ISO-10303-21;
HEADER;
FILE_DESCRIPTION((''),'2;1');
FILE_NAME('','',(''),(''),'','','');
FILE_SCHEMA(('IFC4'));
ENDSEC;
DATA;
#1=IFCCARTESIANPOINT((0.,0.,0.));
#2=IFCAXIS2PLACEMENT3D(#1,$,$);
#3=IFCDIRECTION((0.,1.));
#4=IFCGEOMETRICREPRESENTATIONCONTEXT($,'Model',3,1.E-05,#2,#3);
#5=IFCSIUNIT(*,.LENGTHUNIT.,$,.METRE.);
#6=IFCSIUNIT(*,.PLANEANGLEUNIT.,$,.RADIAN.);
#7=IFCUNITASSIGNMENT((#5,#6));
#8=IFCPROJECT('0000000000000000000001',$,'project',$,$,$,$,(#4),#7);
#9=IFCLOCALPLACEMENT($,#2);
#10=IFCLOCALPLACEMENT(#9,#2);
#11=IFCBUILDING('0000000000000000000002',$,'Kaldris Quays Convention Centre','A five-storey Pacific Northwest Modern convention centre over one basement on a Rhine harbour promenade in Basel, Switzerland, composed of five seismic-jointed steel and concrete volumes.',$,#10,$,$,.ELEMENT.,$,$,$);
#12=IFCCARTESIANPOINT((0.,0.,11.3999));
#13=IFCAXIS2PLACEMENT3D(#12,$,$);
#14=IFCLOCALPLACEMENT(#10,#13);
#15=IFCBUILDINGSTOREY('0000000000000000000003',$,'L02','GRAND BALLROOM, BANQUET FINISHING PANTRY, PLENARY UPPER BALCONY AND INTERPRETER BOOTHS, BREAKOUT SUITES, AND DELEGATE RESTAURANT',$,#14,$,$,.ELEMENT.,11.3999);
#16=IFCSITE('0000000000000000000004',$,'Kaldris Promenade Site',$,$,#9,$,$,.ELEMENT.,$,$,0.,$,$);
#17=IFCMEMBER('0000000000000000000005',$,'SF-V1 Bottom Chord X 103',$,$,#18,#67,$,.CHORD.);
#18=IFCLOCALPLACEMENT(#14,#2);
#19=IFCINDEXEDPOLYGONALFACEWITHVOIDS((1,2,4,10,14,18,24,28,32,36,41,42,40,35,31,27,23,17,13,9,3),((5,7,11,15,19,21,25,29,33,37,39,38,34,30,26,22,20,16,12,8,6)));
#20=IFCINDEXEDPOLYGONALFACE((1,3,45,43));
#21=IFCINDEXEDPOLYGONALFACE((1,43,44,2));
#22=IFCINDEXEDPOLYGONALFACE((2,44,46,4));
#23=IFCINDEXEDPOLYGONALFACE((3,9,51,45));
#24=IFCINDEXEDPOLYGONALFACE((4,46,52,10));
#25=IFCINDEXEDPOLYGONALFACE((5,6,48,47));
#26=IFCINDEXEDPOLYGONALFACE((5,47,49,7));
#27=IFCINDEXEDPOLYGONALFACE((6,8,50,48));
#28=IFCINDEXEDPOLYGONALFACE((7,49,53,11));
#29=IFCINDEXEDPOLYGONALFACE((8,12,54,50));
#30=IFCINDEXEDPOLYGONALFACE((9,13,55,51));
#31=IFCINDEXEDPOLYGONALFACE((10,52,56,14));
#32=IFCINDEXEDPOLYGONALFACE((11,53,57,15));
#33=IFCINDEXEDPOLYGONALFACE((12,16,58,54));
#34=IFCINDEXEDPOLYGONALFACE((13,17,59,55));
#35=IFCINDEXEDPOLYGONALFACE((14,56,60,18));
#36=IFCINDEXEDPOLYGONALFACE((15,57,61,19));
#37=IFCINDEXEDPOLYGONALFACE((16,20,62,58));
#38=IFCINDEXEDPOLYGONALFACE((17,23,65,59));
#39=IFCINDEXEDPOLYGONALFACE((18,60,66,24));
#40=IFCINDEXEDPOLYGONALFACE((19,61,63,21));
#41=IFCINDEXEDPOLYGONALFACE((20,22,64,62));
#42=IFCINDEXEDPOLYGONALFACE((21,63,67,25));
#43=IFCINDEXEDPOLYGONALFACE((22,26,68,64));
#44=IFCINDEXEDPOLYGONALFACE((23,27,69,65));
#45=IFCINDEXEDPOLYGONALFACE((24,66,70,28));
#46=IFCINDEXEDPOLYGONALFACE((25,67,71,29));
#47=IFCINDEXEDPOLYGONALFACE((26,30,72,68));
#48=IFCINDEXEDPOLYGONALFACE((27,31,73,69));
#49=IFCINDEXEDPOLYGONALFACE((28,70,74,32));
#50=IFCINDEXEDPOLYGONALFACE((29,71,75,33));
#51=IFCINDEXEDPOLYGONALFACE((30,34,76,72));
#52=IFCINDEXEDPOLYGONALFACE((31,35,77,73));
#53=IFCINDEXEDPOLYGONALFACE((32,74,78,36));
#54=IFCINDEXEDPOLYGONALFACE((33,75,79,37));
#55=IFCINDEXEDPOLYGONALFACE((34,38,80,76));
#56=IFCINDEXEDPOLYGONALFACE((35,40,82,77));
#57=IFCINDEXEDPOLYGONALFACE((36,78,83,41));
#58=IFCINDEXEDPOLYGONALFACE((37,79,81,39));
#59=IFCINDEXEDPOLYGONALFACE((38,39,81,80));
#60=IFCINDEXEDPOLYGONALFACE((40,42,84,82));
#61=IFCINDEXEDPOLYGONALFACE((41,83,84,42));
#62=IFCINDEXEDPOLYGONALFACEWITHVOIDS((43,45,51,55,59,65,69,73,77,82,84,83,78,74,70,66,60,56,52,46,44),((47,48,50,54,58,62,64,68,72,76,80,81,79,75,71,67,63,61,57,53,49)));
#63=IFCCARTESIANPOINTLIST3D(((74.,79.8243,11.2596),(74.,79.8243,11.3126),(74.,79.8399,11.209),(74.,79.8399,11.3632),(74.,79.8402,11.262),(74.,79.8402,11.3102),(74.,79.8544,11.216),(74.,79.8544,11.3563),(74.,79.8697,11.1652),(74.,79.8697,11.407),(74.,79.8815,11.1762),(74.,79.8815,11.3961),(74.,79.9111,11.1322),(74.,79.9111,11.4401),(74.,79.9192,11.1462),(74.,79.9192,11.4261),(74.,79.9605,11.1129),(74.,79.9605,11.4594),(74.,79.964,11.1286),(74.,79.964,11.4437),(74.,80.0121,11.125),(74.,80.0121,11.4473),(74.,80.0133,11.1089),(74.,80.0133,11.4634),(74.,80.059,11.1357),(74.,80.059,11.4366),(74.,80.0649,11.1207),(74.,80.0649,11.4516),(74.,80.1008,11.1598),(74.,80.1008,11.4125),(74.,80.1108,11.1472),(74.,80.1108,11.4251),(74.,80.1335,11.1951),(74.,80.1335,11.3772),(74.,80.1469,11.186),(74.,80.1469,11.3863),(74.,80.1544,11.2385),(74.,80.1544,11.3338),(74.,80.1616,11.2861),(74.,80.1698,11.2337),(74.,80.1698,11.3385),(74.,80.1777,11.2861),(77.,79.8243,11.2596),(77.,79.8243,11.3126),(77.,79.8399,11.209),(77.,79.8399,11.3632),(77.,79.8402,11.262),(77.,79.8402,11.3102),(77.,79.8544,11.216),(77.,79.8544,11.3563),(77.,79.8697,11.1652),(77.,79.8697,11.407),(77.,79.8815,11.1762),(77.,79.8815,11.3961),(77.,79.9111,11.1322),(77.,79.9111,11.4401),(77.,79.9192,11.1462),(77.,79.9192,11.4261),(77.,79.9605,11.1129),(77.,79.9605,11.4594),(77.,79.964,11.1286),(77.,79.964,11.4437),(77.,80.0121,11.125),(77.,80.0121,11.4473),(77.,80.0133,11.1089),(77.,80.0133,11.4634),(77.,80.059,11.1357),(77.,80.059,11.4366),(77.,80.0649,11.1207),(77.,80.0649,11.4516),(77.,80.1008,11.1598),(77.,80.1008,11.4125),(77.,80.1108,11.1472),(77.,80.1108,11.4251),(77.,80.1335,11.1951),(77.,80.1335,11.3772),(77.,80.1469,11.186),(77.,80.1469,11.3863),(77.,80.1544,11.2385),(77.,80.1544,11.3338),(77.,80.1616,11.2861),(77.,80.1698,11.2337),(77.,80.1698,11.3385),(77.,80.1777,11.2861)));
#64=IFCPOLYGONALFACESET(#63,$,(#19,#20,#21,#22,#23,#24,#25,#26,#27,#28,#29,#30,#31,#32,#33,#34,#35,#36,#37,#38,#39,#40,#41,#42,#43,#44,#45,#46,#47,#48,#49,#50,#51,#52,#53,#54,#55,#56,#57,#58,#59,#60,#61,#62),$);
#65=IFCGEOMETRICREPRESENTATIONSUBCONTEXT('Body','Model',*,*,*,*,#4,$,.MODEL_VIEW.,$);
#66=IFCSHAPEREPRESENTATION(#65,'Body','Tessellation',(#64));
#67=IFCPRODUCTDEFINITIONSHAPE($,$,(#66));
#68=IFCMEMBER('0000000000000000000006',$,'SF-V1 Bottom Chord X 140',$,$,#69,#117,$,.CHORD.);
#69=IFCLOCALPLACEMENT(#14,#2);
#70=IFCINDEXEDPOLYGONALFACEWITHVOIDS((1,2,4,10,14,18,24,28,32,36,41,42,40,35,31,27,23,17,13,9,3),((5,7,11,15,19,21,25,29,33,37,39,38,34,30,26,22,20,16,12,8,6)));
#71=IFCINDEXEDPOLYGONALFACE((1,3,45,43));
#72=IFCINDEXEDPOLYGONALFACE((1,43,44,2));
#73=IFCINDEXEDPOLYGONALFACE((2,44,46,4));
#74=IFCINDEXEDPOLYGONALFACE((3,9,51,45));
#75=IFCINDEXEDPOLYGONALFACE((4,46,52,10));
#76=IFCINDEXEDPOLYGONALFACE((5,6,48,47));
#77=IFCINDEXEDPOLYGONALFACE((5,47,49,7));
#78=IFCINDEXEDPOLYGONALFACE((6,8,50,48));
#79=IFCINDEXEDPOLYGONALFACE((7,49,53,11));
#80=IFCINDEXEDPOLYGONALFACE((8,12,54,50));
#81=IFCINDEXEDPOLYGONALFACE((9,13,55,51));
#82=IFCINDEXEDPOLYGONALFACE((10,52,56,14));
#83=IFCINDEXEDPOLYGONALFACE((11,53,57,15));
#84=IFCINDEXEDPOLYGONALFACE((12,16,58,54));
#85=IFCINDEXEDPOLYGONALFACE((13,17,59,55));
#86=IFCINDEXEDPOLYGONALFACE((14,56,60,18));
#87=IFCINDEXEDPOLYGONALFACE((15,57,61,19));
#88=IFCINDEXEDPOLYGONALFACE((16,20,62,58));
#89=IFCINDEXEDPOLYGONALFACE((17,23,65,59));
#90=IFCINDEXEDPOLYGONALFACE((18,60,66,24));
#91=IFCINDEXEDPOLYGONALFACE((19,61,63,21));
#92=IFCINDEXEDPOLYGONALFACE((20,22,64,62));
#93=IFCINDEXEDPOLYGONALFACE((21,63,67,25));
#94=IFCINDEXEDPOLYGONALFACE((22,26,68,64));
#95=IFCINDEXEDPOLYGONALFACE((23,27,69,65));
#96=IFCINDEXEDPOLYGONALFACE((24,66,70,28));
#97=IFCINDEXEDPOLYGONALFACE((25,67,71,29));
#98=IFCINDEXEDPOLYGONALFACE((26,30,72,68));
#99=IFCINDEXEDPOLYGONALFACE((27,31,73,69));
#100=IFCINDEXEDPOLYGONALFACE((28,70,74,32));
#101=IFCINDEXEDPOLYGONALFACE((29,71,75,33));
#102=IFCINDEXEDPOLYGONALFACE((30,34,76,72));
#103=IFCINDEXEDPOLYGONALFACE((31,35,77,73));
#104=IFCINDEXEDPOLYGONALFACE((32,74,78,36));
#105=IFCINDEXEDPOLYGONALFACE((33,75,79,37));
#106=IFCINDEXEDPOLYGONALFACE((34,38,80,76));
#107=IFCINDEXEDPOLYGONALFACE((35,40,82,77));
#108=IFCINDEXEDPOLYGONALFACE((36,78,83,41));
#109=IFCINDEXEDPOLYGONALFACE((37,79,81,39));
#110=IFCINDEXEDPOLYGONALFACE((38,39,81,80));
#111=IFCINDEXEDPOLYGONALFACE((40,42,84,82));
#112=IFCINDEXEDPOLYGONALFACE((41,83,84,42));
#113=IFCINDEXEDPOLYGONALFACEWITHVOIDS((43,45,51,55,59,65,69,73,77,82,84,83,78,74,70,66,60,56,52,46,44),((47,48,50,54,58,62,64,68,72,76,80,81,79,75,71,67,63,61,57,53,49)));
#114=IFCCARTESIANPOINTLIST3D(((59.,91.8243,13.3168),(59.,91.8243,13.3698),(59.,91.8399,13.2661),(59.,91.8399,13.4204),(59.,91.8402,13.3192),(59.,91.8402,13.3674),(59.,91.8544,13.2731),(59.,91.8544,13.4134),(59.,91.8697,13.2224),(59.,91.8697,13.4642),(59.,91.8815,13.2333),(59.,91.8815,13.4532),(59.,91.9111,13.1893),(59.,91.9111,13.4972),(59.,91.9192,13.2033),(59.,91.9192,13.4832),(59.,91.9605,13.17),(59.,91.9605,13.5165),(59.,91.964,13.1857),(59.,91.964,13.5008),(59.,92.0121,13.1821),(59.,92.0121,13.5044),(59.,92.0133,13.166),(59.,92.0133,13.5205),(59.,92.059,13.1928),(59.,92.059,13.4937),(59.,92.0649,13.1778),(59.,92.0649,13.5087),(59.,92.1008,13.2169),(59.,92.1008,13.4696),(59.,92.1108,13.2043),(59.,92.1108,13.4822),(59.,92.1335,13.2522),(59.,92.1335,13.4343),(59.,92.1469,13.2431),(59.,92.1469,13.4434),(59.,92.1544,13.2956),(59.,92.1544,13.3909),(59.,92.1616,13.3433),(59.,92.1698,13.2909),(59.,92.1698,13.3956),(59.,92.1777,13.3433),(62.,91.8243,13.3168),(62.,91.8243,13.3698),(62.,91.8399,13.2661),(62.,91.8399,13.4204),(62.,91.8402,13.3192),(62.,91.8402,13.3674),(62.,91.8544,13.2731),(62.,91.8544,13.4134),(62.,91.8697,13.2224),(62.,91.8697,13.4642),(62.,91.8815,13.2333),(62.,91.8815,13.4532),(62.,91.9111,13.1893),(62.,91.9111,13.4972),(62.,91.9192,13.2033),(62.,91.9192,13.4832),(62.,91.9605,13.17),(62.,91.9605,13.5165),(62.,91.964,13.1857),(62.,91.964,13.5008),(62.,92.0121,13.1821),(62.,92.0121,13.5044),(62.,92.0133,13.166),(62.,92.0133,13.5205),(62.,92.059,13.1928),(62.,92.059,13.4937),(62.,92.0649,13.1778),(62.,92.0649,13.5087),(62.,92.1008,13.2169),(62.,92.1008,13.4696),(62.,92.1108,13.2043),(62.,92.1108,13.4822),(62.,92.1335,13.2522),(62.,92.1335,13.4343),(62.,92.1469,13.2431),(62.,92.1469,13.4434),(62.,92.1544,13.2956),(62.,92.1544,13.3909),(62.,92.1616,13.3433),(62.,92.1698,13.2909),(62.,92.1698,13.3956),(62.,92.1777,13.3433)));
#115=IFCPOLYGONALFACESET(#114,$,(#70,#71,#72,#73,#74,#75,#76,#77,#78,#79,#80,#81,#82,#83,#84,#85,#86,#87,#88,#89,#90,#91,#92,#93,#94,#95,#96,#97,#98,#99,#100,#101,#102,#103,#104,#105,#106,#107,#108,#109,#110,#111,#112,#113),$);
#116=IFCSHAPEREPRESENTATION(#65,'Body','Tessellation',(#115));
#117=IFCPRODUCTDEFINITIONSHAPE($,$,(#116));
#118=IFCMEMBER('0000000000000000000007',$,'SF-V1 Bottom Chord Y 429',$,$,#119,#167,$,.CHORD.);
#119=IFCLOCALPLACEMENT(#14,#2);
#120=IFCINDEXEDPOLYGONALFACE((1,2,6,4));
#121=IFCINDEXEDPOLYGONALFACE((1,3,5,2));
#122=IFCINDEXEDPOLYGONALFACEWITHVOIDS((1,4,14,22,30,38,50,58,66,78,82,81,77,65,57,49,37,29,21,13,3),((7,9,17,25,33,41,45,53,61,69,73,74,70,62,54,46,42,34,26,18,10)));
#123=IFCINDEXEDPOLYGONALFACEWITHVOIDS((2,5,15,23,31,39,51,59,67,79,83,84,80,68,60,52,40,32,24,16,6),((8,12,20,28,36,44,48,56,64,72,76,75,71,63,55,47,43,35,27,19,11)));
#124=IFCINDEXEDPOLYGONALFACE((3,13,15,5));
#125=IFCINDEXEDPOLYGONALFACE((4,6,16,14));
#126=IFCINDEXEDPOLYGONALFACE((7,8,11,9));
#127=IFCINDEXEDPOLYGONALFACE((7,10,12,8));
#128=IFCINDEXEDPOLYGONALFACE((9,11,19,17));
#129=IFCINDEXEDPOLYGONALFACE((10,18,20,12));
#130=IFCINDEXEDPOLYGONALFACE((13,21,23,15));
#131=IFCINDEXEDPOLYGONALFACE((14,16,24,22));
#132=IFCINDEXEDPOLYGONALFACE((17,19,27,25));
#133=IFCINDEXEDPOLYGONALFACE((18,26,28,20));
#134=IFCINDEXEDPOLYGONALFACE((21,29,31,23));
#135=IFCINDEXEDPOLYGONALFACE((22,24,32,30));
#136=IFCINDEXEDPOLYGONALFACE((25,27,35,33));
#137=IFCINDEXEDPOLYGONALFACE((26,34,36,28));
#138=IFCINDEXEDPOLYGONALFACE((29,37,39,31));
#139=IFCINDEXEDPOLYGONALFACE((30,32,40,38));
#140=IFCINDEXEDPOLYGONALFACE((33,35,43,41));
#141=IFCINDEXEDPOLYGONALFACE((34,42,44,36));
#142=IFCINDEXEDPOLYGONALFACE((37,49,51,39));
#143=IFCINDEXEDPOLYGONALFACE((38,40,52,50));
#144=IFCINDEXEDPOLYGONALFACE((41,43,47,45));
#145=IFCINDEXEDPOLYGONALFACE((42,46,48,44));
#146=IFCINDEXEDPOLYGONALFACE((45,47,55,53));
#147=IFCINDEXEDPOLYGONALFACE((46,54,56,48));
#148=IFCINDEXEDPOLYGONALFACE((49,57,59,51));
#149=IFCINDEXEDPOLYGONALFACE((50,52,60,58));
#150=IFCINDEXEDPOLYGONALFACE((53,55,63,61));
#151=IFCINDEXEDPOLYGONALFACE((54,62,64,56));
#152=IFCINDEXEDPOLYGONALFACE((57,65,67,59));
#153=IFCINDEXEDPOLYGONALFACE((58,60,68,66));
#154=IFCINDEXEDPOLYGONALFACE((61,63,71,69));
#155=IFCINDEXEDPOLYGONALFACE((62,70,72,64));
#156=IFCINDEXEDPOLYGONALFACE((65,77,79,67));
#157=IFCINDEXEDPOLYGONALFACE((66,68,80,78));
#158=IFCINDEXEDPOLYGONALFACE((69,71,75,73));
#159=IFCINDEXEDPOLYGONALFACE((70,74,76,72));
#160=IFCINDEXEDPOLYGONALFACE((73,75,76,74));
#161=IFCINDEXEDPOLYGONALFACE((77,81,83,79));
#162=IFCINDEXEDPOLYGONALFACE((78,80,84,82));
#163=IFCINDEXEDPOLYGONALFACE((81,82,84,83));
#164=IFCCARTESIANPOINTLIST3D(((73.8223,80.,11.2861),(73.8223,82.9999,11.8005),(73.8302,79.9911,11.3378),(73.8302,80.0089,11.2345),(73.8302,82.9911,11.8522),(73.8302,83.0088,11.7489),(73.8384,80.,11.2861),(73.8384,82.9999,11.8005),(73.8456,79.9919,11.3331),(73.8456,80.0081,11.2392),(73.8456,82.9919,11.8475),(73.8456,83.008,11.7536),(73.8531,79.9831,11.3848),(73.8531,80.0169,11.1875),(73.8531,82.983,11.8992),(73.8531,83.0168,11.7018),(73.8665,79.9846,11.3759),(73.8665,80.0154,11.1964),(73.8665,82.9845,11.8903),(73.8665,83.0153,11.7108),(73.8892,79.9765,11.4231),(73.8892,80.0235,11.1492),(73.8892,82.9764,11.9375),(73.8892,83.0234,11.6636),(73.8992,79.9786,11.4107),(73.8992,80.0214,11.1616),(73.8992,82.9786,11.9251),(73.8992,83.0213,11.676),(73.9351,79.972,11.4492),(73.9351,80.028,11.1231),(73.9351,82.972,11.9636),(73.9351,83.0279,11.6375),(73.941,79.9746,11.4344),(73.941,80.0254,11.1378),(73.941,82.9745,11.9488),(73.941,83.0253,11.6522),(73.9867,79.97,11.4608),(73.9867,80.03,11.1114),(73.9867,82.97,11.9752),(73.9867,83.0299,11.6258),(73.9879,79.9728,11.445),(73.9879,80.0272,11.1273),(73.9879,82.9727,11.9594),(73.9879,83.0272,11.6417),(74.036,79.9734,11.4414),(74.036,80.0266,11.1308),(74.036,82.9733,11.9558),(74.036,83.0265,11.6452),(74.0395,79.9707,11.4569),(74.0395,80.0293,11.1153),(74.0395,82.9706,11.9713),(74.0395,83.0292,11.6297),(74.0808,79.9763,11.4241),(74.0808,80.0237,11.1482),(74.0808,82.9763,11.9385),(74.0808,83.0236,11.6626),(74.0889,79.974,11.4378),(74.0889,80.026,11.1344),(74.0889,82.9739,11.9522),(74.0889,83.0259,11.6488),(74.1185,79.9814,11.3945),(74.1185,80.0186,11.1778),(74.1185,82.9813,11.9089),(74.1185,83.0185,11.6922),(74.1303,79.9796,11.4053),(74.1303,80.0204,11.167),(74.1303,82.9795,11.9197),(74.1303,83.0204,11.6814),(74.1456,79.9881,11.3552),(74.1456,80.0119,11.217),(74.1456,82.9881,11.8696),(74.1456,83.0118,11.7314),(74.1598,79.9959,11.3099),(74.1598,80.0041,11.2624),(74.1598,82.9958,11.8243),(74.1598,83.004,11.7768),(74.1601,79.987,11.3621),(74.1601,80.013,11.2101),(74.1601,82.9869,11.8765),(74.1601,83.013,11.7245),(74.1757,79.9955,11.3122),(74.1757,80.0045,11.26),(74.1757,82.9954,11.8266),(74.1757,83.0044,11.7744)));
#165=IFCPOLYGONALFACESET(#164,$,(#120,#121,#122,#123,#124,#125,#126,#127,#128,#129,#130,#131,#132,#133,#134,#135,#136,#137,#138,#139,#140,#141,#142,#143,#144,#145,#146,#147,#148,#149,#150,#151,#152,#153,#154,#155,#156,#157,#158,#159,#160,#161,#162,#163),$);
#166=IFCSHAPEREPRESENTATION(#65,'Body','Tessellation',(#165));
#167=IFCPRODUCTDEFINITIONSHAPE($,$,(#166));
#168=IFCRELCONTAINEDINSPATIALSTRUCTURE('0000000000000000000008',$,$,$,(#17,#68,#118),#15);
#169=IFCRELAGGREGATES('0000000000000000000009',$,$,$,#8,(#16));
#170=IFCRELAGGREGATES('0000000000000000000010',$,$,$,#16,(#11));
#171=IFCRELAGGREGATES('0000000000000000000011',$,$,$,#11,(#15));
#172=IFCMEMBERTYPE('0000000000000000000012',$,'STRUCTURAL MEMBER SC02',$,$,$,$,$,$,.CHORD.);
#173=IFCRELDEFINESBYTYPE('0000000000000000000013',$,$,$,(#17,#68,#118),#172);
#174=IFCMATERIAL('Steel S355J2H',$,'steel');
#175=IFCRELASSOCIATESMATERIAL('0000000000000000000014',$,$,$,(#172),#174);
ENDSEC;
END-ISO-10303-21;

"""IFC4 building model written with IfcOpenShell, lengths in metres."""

from ifc_helpers import new_model, si_unit, direction, frame, origin, origin_2d, place, context, subcontext, project, spatial, hollow_circle, extrude, material, material_profile, profile_set, type_object, element, save


model = new_model("IFC4")

# Units and contexts
model_context = context("Model", 3, precision=1e-05, world=origin(), true_north=direction((0.0, 1.0)))
body_context = subcontext(model_context, "Body", "Model", "MODEL_VIEW")
ifc_project = project(units=[si_unit("LENGTHUNIT", "METRE"), si_unit("PLANEANGLEUNIT", "RADIAN")], contexts=[model_context])

# Site, building, storey
site_placement = place(None, origin())
site = spatial("IfcSite", under=ifc_project, at=site_placement, Name="Kaldris Promenade Site", CompositionType="ELEMENT", RefElevation=0.0)
building_placement = place(site_placement, origin())
building = spatial("IfcBuilding", under=site, at=building_placement, Name="Kaldris Quays Convention Centre", Description="A five-storey Pacific Northwest Modern convention centre over one basement on a Rhine harbour promenade in Basel, Switzerland, composed of five seismic-jointed steel and concrete volumes.", CompositionType="ELEMENT")
storey_placement = place(building_placement, frame((0.0, 0.0, 11.3999)))
storey = spatial("IfcBuildingStorey", under=building, at=storey_placement, Name="L02", Description="GRAND BALLROOM, BANQUET FINISHING PANTRY, PLENARY UPPER BALCONY AND INTERPRETER BOOTHS, BREAKOUT SUITES, AND DELEGATE RESTAURANT", CompositionType="ELEMENT", Elevation=11.3999)

# Members
ifc_material_1 = material(Name="Steel S355J2H", Category="steel")
ifc_material_profile_1 = material_profile(ifc_material_1, hollow_circle(Radius=0.1777, WallThickness=0.0161, at=origin_2d()), Name="CHS 355.6x16")
ifc_profile_set_1 = profile_set([ifc_material_profile_1], Name="Steel S355J2H")
member_type_1 = type_object("IfcMemberType", Name="STRUCTURAL MEMBER SC02", PredefinedType="CHORD", material=ifc_profile_set_1)
for number, where, z_axis, x_axis, name in (
    (1, (74.0, 80.0, 11.2861), (1.0, 0.0, 0.0), (0.0, 1.0, 0.0), "SF-V1 Bottom Chord X 103"),
    (2, (59.0, 92.0, 13.3433), (1.0, 0.0, 0.0), (0.0, 1.0, 0.0), "SF-V1 Bottom Chord X 140"),
):
    element("IfcMember", number, at=place(storey_placement, frame(where, z_axis=z_axis, x_axis=x_axis)), inside=storey, type_object=member_type_1, Name=name, PredefinedType="CHORD", context=body_context, shape_type="SweptSolid", body=[
        extrude(hollow_circle(Radius=0.1777, WallThickness=0.0161, at=origin_2d()), origin(), (0.0, 0.0, 1.0), 3.0),
    ])
for number, where, z_axis, x_axis, name in (
    (3, (74.0, 80.0, 11.2861), (0.0, 0.985616, 0.169002), (-1.0, 0.0, 0.0), "SF-V1 Bottom Chord Y 429"),
):
    element("IfcMember", number, at=place(storey_placement, frame(where, z_axis=z_axis, x_axis=x_axis)), inside=storey, type_object=member_type_1, Name=name, PredefinedType="CHORD", context=body_context, shape_type="SweptSolid", body=[
        extrude(hollow_circle(Radius=0.1777, WallThickness=0.0161, at=origin_2d()), origin(), (0.0, 0.0, 1.0), 3.0437),
    ])

save(model, "model.ifc")
